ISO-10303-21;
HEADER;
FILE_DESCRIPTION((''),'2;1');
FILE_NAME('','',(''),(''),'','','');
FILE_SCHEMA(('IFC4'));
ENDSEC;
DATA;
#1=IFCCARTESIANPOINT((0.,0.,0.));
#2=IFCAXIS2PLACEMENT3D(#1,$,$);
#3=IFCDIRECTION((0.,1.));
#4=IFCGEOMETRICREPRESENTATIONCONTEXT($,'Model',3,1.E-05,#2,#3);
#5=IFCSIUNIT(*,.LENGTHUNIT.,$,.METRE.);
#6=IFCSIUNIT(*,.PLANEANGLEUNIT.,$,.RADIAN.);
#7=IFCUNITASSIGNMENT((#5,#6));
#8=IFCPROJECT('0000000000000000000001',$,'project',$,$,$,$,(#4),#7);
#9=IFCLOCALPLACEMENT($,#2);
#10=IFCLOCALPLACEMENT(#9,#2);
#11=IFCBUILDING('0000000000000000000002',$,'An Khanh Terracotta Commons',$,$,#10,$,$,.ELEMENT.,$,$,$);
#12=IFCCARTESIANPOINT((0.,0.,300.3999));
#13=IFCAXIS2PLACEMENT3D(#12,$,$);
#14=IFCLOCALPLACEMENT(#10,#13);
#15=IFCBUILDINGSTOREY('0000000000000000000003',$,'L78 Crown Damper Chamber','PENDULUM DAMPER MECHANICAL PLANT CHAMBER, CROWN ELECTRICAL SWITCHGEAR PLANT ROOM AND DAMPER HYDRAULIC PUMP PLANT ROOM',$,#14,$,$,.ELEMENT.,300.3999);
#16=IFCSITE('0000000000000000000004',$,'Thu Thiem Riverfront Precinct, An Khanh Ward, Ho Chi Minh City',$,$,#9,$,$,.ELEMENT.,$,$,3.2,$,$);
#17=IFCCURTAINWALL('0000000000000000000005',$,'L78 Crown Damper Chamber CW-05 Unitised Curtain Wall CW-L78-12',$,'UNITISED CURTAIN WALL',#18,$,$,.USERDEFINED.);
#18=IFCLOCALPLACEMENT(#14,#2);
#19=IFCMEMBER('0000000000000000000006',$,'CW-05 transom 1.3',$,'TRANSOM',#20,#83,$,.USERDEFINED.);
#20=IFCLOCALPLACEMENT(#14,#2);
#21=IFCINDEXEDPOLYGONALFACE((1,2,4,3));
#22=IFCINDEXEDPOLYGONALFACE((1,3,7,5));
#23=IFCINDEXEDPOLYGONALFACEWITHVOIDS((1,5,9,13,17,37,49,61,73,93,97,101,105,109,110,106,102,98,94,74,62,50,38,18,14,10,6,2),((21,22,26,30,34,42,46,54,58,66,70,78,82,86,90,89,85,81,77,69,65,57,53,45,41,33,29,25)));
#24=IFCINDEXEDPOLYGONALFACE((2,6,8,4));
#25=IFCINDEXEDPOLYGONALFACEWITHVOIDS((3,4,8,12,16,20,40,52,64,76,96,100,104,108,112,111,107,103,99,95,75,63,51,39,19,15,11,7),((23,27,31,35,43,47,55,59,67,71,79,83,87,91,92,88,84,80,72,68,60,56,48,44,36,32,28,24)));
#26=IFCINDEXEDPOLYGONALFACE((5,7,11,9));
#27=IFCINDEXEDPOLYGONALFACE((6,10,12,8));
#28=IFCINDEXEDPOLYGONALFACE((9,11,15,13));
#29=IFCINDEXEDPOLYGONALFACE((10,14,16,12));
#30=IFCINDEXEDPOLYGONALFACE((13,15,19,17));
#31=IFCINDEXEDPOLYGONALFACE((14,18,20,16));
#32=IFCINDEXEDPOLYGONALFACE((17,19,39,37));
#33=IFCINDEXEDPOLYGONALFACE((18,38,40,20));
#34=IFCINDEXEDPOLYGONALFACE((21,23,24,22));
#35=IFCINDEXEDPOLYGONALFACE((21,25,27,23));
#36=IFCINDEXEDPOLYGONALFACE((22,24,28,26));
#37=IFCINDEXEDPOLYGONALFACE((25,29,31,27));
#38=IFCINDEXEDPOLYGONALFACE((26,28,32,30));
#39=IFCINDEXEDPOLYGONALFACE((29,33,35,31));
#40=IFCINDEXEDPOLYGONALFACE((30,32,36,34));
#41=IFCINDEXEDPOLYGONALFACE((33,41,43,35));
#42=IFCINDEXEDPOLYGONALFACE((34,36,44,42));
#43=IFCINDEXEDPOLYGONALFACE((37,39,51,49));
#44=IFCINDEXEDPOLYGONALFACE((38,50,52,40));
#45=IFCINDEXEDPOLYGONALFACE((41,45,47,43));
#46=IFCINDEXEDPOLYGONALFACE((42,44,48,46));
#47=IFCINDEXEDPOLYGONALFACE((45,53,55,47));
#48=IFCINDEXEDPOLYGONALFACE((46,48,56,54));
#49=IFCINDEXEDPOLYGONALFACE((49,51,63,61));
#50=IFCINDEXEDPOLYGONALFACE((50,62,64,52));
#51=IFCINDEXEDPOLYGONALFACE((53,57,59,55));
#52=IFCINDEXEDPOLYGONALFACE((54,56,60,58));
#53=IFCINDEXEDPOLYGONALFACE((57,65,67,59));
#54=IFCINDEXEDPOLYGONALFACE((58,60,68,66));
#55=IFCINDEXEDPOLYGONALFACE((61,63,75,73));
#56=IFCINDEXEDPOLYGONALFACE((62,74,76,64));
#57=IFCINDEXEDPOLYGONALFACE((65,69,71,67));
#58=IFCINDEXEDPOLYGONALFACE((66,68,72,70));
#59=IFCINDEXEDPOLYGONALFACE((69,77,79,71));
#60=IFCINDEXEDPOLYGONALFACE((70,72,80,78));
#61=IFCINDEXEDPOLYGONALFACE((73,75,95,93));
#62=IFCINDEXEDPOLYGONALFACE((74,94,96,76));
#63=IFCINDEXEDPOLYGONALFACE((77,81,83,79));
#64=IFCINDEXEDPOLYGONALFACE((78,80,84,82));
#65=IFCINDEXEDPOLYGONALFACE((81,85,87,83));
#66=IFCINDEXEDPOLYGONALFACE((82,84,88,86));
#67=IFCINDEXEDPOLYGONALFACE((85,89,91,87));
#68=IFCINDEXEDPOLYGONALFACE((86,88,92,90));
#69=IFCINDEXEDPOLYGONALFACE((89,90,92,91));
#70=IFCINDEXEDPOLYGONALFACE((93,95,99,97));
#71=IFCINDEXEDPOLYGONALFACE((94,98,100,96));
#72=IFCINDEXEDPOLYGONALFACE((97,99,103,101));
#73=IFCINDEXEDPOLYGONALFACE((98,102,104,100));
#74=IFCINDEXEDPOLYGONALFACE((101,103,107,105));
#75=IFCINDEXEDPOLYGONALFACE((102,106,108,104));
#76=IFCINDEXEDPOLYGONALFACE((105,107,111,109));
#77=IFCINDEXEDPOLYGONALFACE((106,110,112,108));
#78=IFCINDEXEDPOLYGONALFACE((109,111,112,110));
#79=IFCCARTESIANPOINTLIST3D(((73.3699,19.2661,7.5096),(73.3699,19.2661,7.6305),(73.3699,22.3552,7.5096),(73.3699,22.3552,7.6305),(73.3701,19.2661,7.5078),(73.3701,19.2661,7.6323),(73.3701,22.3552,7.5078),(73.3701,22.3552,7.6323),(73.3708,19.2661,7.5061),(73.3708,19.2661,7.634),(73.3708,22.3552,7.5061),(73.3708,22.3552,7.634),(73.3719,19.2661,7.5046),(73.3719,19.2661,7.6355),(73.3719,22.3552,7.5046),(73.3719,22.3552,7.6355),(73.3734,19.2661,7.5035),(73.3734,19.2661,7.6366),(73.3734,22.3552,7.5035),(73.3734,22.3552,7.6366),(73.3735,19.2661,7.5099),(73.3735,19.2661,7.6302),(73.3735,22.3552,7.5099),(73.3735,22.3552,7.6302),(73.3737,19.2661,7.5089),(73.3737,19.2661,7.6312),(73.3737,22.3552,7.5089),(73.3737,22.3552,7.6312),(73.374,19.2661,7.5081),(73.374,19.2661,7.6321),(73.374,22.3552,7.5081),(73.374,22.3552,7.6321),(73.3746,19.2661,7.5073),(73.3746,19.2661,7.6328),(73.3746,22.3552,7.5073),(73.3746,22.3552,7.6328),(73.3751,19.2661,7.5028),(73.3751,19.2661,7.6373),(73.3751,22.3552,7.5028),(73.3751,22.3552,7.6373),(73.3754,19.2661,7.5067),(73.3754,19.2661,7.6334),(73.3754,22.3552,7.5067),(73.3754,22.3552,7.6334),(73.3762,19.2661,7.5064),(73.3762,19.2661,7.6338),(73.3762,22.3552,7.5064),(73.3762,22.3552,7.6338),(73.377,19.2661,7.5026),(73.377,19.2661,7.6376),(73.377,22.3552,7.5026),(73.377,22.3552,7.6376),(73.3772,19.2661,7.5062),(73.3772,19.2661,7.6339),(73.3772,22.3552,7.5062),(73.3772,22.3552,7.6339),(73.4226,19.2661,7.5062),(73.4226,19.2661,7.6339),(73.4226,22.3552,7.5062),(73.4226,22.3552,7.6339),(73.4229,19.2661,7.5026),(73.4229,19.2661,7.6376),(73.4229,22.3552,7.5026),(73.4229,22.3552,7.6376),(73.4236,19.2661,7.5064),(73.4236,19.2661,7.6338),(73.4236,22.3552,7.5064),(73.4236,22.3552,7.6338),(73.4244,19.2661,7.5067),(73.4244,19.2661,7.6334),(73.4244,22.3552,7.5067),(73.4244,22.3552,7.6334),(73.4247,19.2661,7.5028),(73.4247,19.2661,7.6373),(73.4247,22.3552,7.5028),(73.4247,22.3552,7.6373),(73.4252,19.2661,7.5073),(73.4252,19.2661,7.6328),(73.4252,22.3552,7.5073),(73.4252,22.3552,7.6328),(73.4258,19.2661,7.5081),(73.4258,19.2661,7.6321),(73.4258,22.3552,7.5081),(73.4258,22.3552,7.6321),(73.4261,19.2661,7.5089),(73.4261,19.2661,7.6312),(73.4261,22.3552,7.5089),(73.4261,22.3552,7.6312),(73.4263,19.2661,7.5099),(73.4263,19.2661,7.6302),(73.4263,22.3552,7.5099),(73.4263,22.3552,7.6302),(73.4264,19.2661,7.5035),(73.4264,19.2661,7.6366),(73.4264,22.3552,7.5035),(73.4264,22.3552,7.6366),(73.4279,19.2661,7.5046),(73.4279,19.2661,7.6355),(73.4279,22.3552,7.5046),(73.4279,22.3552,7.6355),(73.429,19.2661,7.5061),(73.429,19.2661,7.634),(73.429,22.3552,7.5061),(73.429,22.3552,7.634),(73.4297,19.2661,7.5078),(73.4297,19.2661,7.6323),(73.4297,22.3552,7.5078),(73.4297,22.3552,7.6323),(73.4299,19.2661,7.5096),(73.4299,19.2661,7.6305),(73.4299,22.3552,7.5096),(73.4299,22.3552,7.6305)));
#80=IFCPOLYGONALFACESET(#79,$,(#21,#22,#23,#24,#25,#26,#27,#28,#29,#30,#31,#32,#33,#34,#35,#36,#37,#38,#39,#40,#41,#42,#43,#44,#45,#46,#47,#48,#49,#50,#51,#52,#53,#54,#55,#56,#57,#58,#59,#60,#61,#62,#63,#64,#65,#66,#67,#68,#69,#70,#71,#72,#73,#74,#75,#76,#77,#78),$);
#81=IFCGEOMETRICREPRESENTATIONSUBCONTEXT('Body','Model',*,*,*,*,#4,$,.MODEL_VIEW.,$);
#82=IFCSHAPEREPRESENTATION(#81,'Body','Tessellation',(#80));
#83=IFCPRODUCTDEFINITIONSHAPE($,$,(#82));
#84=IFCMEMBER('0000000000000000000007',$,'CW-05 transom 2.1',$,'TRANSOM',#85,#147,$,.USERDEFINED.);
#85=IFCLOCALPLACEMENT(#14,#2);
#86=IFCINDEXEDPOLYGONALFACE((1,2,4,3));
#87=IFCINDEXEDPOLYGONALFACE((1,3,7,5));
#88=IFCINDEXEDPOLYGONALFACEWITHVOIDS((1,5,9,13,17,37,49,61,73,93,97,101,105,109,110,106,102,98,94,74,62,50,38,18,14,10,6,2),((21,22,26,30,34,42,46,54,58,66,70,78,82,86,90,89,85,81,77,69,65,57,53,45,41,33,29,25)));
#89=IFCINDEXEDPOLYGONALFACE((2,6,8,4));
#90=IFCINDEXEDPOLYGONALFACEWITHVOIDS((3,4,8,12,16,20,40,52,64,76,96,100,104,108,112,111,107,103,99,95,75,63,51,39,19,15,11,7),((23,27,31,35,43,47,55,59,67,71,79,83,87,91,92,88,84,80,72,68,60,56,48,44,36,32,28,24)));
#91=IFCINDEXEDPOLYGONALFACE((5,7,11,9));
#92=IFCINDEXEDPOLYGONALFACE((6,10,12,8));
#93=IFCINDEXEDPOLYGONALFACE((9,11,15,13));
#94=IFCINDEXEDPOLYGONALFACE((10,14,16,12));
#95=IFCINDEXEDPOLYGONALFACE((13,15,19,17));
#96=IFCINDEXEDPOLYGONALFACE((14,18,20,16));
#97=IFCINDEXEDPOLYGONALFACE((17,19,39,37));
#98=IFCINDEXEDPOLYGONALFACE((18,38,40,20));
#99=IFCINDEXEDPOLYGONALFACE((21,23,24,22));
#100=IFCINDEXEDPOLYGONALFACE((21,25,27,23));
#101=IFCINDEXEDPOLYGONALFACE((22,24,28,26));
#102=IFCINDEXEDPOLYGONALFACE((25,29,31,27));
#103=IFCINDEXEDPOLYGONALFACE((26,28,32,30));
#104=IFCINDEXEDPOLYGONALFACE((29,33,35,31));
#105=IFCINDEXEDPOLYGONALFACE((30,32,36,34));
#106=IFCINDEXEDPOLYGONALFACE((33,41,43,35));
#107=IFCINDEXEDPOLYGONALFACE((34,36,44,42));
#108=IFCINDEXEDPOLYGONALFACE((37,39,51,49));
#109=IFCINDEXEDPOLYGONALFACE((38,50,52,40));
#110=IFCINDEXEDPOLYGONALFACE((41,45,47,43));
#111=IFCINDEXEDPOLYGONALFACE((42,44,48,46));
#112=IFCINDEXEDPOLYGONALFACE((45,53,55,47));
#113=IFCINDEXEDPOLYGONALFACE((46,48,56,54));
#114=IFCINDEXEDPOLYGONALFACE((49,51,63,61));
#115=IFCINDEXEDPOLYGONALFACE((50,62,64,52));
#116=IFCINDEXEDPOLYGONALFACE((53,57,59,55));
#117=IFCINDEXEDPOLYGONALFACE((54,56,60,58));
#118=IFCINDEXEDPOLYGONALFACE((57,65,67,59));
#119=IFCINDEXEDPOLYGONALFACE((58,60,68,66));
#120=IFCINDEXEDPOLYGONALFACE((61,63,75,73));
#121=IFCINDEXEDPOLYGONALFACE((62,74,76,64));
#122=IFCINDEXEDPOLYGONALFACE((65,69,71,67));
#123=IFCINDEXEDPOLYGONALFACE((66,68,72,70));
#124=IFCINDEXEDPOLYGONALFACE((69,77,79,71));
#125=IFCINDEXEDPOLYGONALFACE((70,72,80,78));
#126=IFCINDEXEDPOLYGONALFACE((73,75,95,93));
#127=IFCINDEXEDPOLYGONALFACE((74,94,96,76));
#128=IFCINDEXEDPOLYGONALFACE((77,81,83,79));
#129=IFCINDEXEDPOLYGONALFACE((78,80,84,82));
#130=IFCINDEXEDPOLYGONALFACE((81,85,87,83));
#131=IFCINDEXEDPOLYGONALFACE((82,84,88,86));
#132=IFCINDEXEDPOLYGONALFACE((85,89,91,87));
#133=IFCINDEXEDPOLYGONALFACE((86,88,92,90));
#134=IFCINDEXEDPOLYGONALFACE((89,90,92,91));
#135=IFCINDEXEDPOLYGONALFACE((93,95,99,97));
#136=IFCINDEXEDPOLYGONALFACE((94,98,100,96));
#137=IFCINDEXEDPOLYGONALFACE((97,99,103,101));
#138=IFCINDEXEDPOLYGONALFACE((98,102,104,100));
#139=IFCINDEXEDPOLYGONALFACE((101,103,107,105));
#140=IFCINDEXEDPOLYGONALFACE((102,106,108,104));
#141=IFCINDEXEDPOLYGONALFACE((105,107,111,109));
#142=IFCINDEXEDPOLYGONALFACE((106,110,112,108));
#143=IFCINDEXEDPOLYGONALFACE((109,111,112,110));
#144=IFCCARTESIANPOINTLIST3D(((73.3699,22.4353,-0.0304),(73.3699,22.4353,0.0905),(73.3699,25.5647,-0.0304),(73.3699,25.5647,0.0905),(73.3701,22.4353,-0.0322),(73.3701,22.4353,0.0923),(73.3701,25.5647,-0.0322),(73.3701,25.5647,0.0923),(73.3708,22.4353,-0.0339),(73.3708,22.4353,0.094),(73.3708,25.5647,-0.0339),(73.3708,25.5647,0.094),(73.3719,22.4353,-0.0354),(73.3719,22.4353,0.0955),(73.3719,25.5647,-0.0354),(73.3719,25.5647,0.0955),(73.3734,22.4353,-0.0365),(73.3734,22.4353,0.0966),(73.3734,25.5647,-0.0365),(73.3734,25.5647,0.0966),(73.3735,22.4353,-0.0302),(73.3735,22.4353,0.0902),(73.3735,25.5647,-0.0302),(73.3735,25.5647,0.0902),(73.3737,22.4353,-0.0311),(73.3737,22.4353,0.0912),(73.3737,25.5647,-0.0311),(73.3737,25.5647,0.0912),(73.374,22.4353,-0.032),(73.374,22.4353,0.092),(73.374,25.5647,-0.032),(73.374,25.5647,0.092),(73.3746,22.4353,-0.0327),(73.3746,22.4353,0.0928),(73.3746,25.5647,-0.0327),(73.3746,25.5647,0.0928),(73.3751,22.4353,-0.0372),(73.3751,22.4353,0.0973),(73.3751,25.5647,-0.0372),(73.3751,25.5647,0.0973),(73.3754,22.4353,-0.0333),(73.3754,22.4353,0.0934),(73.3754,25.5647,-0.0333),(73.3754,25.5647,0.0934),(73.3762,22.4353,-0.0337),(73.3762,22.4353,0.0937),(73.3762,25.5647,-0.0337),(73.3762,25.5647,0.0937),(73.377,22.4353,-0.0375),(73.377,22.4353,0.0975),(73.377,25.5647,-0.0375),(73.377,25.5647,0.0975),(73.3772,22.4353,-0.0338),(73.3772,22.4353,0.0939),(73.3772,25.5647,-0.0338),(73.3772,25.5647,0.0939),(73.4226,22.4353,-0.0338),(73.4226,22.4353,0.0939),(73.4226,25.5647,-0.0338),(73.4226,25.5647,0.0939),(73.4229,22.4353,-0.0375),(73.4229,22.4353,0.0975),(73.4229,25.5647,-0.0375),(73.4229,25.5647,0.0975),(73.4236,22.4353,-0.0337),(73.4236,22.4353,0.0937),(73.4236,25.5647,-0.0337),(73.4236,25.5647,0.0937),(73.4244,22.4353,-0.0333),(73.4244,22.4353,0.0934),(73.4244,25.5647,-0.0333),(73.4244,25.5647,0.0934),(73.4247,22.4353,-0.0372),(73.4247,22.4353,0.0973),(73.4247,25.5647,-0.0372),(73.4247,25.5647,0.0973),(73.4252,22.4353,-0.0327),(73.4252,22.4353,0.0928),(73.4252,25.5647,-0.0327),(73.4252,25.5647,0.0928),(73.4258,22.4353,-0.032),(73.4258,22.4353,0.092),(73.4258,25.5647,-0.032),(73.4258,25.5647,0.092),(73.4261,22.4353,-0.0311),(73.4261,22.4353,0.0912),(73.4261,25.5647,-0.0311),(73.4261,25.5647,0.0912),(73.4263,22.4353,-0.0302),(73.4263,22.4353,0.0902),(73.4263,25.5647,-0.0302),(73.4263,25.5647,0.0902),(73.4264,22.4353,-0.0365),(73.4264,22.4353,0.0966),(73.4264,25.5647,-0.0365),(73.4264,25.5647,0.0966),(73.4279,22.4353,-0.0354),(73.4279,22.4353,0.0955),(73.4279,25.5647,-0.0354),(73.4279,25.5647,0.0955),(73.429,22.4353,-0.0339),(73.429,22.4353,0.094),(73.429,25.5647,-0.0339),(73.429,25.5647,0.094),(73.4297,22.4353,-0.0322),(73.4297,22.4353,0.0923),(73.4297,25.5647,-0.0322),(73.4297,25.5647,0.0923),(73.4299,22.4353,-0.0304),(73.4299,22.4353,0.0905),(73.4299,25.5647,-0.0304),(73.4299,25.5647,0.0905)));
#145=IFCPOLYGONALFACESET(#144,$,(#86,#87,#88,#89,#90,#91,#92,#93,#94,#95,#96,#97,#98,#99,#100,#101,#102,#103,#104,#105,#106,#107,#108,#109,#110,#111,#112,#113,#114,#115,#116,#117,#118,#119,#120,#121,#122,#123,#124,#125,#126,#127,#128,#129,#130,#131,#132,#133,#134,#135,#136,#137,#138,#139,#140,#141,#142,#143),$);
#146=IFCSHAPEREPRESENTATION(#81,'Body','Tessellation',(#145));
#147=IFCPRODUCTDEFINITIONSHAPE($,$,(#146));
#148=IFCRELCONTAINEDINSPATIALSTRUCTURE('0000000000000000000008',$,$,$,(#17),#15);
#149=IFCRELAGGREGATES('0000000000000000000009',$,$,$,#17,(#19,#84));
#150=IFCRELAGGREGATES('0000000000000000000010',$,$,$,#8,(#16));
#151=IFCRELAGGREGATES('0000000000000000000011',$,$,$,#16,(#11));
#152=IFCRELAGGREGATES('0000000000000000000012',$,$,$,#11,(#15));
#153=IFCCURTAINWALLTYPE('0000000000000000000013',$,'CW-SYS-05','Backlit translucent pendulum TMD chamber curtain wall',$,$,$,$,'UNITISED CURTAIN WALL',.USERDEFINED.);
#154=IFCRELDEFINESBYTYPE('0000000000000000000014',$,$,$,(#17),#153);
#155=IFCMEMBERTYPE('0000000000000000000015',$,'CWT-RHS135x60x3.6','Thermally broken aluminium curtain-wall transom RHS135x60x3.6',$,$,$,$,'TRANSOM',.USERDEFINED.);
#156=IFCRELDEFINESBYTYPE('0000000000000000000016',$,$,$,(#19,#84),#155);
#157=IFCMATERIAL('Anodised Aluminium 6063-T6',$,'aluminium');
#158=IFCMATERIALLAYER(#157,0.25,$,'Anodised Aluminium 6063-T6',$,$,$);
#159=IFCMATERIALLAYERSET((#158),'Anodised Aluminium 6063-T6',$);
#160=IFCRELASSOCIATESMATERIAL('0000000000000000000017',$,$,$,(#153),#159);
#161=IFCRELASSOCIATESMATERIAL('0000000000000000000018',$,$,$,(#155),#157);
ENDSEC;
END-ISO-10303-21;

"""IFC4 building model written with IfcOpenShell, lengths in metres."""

from ifc_helpers import new_model, si_unit, direction, frame, origin, origin_2d, place, context, subcontext, project, spatial, hollow_rectangle, extrude, material, layer, layer_set, material_profile, profile_set, type_object, element, aggregate, save


model = new_model("IFC4")

# Units and contexts
model_context = context("Model", 3, precision=1e-05, world=origin(), true_north=direction((0.0, 1.0)))
body_context = subcontext(model_context, "Body", "Model", "MODEL_VIEW")
ifc_project = project(units=[si_unit("LENGTHUNIT", "METRE"), si_unit("PLANEANGLEUNIT", "RADIAN")], contexts=[model_context])

# Site, building, storey
site_placement = place(None, origin())
site = spatial("IfcSite", under=ifc_project, at=site_placement, Name="Thu Thiem Riverfront Precinct, An Khanh Ward, Ho Chi Minh City", CompositionType="ELEMENT", RefElevation=3.2)
building_placement = place(site_placement, origin())
building = spatial("IfcBuilding", under=site, at=building_placement, Name="An Khanh Terracotta Commons", CompositionType="ELEMENT")
storey_placement = place(building_placement, frame((0.0, 0.0, 300.3999)))
storey = spatial("IfcBuildingStorey", under=building, at=storey_placement, Name="L78 Crown Damper Chamber", Description="PENDULUM DAMPER MECHANICAL PLANT CHAMBER, CROWN ELECTRICAL SWITCHGEAR PLANT ROOM AND DAMPER HYDRAULIC PUMP PLANT ROOM", CompositionType="ELEMENT", Elevation=300.3999)

# Curtain wall
ifc_material_1 = material(Name="Anodised Aluminium 6063-T6", Category="aluminium")
ifc_layer_1 = layer(ifc_material_1, 0.25, Name="Anodised Aluminium 6063-T6")
ifc_layer_set_1 = layer_set([ifc_layer_1], Name="Anodised Aluminium 6063-T6")
curtain_wall_type = type_object("IfcCurtainWallType", Name="CW-SYS-05", Description="Backlit translucent pendulum TMD chamber curtain wall", ElementType="UNITISED CURTAIN WALL", PredefinedType="USERDEFINED", material=ifc_layer_set_1)
curtain_wall_1_placement = place(storey_placement, origin())
curtain_wall_1 = element("IfcCurtainWall", 1, at=curtain_wall_1_placement, inside=storey, type_object=curtain_wall_type, Name="L78 Crown Damper Chamber CW-05 Unitised Curtain Wall CW-L78-12", ObjectType="UNITISED CURTAIN WALL", PredefinedType="USERDEFINED")

# Members
ifc_material_profile_1 = material_profile(ifc_material_1, hollow_rectangle(XDim=0.0601, YDim=0.135, WallThickness=0.0037, InnerFilletRadius=0.0037, OuterFilletRadius=0.0071, at=origin_2d()), Name="RHS135x60x3.6")
ifc_profile_set_1 = profile_set([ifc_material_profile_1], Name="Anodised Aluminium 6063-T6")
member_type_1 = type_object("IfcMemberType", Name="CWT-RHS135x60x3.6", Description="Thermally broken aluminium curtain-wall transom RHS135x60x3.6", ElementType="TRANSOM", PredefinedType="USERDEFINED", material=ifc_profile_set_1)
member_1_placement = place(storey_placement, frame((73.3999, 19.2661, 7.5701), z_axis=(0.0, 1.0, 0.0), x_axis=(-1.0, 0.0, 0.0)))
member_1 = element("IfcMember", 2, at=member_1_placement, type_object=member_type_1, Name="CW-05 transom 1.3", ObjectType="TRANSOM", PredefinedType="USERDEFINED", context=body_context, shape_type="SweptSolid", body=[
    extrude(hollow_rectangle(XDim=0.0601, YDim=0.135, WallThickness=0.0037, InnerFilletRadius=0.0037, OuterFilletRadius=0.0071, at=origin_2d()), origin(), (0.0, 0.0, 1.0), 3.0891),
])
member_2_placement = place(storey_placement, frame((73.3999, 22.4353, 0.03), z_axis=(0.0, 1.0, 0.0), x_axis=(-1.0, 0.0, 0.0)))
member_2 = element("IfcMember", 3, at=member_2_placement, type_object=member_type_1, Name="CW-05 transom 2.1", ObjectType="TRANSOM", PredefinedType="USERDEFINED", context=body_context, shape_type="SweptSolid", body=[
    extrude(hollow_rectangle(XDim=0.0601, YDim=0.135, WallThickness=0.0037, InnerFilletRadius=0.0037, OuterFilletRadius=0.0071, at=origin_2d()), origin(), (0.0, 0.0, 1.0), 3.1294),
])

aggregate(curtain_wall_1, [member_1, member_2])

save(model, "model.ifc")
